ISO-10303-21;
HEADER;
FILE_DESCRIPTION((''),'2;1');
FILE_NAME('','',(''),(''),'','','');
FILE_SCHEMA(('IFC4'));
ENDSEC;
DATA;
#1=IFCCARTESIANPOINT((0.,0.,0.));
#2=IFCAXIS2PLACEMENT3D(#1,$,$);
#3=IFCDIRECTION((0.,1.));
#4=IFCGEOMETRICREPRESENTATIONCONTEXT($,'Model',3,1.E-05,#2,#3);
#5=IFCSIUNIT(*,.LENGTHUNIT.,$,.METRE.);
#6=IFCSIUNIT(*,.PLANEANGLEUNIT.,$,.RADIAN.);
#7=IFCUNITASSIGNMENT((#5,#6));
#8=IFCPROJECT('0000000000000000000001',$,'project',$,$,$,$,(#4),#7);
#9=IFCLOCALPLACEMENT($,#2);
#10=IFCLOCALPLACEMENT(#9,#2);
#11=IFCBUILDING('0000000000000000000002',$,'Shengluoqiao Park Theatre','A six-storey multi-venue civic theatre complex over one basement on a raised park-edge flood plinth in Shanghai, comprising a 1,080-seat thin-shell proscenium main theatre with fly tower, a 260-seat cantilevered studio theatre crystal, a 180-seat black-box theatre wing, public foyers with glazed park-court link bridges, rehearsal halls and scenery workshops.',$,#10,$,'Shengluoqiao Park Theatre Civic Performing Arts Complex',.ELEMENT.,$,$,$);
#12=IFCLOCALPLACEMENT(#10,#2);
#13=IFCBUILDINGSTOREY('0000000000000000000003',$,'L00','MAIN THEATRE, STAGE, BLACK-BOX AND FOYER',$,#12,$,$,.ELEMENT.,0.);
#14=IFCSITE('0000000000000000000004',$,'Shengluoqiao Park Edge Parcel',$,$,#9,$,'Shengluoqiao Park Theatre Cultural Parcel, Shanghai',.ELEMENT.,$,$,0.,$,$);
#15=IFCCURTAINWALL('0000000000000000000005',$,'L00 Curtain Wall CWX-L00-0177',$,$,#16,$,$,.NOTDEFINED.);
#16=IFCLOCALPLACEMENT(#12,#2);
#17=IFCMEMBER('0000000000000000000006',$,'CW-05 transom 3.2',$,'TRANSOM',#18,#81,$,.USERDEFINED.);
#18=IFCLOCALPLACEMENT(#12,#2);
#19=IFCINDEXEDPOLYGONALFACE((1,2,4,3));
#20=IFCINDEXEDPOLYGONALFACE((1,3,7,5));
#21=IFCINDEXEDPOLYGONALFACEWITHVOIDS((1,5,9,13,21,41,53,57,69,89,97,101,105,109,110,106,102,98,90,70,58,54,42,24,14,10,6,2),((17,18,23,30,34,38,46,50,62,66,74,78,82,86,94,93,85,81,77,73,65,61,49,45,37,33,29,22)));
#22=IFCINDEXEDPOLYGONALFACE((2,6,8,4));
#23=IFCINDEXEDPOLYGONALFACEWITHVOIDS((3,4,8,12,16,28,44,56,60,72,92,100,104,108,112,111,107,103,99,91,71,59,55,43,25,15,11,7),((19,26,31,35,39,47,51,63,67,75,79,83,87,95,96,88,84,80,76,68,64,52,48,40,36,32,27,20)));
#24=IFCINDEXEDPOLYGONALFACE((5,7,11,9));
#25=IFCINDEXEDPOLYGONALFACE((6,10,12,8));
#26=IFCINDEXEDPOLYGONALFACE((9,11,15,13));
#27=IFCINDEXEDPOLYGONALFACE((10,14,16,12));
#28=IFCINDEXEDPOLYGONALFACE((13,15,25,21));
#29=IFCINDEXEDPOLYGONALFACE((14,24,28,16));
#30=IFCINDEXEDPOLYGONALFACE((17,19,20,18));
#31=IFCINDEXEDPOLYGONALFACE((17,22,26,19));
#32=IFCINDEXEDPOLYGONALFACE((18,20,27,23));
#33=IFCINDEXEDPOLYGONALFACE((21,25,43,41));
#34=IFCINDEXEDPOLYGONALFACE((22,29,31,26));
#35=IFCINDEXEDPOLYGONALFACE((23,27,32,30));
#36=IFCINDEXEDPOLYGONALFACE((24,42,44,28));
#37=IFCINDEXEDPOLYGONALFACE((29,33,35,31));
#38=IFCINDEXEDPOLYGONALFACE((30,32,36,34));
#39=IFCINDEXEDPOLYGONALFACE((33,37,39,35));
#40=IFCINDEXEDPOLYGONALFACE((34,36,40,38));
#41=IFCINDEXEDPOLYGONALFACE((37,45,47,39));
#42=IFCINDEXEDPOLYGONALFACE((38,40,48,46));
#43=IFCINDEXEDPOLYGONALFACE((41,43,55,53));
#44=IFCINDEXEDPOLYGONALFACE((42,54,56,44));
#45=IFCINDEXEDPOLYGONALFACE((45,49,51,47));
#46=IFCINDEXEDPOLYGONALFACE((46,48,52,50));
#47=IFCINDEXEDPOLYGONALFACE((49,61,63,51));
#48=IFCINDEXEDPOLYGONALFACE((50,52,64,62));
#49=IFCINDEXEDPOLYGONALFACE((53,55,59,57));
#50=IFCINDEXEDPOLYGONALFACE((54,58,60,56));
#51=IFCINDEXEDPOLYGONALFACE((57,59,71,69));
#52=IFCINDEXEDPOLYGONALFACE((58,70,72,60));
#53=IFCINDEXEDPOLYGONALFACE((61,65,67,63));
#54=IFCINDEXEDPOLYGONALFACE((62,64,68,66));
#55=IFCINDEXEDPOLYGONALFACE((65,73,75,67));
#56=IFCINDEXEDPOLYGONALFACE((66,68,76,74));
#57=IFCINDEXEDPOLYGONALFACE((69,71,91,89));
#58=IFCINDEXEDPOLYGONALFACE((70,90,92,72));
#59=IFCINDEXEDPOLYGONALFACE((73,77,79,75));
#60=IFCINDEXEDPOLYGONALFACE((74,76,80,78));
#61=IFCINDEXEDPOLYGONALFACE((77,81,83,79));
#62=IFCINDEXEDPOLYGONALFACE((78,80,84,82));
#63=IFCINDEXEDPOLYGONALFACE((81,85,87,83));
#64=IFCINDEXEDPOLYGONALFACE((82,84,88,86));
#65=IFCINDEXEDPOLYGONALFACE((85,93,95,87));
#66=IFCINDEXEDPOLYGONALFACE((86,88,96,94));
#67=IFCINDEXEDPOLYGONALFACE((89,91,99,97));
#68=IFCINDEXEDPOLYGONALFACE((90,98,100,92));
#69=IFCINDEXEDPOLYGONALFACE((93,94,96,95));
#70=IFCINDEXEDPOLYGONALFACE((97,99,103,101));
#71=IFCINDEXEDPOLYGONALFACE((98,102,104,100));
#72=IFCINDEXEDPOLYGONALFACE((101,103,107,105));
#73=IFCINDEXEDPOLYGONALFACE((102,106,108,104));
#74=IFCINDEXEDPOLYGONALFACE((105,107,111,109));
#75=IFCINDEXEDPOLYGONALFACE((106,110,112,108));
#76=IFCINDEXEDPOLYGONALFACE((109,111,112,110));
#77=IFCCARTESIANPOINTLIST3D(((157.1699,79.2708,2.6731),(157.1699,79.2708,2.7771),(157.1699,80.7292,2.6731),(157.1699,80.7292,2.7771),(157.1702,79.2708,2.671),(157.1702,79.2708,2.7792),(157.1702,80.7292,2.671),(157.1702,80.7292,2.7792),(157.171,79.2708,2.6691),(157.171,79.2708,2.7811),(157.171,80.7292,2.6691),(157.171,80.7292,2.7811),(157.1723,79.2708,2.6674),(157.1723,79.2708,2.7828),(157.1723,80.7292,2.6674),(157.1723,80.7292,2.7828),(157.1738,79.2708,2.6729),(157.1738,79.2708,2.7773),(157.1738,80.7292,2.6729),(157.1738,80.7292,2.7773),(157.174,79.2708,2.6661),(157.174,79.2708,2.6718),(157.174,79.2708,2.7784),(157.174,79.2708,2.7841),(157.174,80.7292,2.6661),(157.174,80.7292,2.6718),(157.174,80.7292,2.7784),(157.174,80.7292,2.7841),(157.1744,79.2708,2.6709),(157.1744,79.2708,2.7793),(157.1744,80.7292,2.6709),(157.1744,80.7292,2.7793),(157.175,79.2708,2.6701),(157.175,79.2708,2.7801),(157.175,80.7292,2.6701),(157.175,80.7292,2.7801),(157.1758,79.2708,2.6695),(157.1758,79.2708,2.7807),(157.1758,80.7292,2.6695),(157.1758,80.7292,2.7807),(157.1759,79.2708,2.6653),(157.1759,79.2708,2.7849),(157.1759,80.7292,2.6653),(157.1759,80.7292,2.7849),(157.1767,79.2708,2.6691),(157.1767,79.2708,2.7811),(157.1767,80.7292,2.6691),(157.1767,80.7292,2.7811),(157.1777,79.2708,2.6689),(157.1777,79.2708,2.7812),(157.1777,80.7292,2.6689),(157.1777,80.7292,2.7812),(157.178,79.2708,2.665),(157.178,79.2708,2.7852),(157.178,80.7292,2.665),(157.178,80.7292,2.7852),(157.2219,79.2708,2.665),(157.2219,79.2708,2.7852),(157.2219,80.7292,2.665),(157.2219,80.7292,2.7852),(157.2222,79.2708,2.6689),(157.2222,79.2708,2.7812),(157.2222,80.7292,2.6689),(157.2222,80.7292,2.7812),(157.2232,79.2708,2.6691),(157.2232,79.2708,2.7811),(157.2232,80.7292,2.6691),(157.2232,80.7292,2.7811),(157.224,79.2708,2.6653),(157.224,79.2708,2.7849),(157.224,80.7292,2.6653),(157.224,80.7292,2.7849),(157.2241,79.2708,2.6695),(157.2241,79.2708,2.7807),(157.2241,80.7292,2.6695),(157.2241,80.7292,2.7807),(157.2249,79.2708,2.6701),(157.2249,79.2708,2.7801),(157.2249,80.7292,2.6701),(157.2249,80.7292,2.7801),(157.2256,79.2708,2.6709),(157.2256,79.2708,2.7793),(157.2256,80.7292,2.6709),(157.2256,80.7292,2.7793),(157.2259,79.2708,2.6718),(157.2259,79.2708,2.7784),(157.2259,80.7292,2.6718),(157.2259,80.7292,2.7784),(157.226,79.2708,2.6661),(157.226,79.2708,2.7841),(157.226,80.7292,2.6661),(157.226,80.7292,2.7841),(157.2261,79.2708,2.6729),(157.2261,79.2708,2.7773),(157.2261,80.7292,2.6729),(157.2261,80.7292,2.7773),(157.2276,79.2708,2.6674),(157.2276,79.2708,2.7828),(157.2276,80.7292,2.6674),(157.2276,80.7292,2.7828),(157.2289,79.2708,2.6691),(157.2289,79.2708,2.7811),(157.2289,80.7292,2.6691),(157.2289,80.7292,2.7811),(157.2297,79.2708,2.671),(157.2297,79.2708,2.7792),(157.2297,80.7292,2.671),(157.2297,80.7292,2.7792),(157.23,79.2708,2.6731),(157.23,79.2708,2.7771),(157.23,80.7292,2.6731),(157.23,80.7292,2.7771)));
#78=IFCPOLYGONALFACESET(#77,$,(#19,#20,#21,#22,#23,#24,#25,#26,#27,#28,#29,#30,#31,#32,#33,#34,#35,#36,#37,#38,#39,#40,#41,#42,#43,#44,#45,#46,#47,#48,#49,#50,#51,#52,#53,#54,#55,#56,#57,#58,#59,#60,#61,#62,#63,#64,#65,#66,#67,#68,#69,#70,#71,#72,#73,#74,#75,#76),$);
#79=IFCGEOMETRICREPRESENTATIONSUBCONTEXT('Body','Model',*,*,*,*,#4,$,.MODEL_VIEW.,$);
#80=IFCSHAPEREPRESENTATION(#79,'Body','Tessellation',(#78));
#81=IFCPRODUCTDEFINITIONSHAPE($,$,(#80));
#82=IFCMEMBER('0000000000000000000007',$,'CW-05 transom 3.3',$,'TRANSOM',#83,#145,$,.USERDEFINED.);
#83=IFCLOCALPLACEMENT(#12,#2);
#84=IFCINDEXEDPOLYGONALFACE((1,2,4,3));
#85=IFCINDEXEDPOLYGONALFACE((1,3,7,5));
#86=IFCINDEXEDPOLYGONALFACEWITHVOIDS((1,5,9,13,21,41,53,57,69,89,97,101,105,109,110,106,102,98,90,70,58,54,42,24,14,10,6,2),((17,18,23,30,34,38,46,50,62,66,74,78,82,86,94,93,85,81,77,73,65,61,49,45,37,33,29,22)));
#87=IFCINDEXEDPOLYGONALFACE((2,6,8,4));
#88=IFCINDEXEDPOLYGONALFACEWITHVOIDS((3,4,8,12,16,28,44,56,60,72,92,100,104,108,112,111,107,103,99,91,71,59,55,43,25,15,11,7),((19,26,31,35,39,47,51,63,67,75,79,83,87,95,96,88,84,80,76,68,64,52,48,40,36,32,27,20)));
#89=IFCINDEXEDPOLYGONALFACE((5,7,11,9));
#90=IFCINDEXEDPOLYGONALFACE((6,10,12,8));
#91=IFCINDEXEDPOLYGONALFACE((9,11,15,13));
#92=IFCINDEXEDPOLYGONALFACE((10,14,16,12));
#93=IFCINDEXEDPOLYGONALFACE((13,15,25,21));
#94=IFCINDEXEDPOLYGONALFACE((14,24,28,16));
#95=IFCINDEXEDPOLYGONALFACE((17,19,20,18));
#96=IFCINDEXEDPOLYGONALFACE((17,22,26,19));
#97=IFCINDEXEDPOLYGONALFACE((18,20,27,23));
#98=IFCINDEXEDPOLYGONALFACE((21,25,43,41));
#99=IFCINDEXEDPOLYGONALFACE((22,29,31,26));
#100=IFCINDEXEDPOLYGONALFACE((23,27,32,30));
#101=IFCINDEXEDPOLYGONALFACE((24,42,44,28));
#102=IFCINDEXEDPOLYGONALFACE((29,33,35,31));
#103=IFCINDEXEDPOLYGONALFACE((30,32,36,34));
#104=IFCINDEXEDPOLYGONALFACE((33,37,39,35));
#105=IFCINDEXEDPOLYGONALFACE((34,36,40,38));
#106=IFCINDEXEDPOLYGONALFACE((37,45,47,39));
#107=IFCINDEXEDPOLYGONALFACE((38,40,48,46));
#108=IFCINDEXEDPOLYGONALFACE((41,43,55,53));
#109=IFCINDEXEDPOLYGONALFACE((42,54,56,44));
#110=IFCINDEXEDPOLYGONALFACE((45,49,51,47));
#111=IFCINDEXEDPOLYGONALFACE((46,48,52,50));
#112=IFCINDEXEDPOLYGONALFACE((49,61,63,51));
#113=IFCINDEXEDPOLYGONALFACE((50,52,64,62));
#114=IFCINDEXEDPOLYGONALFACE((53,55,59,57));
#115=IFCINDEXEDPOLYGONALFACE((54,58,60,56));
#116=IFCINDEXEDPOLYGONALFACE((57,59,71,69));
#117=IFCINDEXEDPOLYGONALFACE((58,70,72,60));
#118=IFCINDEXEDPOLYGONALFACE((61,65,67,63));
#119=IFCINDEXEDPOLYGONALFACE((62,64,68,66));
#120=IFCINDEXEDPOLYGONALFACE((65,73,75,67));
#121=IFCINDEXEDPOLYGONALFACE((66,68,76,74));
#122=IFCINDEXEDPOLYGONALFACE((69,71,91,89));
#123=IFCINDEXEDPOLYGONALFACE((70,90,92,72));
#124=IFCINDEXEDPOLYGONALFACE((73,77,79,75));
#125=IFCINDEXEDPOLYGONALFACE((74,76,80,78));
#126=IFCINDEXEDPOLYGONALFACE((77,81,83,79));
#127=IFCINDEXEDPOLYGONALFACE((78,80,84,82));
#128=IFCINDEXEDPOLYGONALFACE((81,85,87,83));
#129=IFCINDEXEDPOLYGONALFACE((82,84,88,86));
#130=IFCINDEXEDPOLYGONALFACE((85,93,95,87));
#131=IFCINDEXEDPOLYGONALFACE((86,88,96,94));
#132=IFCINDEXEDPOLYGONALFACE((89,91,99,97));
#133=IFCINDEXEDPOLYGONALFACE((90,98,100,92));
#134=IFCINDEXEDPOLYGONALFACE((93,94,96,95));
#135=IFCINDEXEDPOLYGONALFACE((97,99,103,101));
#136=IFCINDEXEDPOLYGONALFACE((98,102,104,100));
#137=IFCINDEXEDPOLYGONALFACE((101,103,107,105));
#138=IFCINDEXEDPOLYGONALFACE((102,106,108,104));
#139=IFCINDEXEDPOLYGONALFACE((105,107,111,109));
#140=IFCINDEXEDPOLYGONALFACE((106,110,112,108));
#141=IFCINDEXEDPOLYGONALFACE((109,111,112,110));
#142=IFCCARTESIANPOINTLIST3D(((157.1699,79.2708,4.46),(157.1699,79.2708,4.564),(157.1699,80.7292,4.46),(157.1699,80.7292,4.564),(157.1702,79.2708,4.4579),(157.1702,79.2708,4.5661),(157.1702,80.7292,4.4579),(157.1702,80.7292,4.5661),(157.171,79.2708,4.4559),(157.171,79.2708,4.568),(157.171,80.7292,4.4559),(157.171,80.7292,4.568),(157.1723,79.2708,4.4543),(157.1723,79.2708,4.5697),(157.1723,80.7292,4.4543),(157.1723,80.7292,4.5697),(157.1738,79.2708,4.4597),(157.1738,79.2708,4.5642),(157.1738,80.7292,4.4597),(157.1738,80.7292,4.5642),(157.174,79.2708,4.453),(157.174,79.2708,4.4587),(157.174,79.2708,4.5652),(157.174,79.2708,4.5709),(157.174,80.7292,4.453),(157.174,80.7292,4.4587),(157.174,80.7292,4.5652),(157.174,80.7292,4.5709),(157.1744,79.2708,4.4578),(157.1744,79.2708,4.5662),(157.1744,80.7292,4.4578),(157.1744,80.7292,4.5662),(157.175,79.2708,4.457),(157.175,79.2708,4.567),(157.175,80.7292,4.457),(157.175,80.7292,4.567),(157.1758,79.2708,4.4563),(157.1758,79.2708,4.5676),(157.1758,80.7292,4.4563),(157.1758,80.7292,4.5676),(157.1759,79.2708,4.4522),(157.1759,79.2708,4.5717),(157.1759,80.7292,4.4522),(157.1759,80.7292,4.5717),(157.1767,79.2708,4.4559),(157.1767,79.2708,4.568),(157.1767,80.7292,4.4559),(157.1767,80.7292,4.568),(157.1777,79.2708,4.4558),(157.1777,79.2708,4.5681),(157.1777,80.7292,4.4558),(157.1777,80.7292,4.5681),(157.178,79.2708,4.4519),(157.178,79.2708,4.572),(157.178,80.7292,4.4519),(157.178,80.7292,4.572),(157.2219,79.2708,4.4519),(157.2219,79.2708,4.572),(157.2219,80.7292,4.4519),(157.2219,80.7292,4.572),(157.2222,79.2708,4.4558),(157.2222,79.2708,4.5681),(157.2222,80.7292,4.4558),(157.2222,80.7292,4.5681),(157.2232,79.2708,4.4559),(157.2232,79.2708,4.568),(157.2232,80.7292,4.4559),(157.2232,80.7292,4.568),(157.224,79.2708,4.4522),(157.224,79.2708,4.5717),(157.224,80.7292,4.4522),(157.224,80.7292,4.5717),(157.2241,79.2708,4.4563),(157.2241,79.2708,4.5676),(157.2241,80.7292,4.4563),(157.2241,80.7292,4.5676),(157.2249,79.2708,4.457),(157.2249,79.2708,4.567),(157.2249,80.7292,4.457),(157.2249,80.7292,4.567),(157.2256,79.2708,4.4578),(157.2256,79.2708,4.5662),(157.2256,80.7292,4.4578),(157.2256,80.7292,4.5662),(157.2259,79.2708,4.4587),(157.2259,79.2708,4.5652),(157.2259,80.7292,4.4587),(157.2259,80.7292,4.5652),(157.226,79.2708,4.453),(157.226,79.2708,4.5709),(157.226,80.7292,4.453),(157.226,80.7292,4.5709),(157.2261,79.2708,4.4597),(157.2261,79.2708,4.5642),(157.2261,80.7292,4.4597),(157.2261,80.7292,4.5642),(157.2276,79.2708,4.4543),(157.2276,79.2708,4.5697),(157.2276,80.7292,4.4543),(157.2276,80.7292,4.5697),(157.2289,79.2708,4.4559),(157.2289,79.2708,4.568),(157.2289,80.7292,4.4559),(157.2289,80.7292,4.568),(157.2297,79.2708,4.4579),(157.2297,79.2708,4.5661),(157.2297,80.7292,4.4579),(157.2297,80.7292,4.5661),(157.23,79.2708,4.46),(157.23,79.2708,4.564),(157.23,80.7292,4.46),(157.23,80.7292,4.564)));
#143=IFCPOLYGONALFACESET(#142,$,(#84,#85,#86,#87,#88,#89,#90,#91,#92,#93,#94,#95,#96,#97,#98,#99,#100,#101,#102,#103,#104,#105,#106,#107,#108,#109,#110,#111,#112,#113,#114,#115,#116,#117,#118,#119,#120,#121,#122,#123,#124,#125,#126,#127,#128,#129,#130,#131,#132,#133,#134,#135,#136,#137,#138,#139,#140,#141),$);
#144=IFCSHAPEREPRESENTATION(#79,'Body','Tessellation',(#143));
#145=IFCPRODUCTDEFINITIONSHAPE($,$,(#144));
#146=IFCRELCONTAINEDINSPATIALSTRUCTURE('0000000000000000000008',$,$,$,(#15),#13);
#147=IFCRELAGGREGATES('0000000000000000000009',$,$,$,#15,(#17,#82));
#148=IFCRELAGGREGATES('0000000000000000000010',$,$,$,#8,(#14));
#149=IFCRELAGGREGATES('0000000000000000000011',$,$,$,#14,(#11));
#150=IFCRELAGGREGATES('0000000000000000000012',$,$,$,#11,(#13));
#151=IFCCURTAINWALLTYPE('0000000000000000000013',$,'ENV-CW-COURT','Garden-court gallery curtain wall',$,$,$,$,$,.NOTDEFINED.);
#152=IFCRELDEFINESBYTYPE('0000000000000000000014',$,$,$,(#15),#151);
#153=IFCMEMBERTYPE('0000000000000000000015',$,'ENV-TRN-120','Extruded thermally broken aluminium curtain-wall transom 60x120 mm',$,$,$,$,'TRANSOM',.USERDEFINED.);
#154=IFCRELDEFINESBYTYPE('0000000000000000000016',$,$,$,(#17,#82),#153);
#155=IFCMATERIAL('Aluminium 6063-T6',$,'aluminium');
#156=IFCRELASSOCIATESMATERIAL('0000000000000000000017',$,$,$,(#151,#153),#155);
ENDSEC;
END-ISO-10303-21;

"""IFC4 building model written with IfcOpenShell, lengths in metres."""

from ifc_helpers import new_model, si_unit, direction, frame, origin, origin_2d, place, context, subcontext, project, spatial, hollow_rectangle, extrude, material, material_profile, profile_set, type_object, element, aggregate, save


model = new_model("IFC4")

# Units and contexts
model_context = context("Model", 3, precision=1e-05, world=origin(), true_north=direction((0.0, 1.0)))
body_context = subcontext(model_context, "Body", "Model", "MODEL_VIEW")
ifc_project = project(units=[si_unit("LENGTHUNIT", "METRE"), si_unit("PLANEANGLEUNIT", "RADIAN")], contexts=[model_context])

# Site, building, storey
site_placement = place(None, origin())
site = spatial("IfcSite", under=ifc_project, at=site_placement, Name="Shengluoqiao Park Edge Parcel", LongName="Shengluoqiao Park Theatre Cultural Parcel, Shanghai", CompositionType="ELEMENT", RefElevation=0.0)
building_placement = place(site_placement, origin())
building = spatial("IfcBuilding", under=site, at=building_placement, Name="Shengluoqiao Park Theatre", Description="A six-storey multi-venue civic theatre complex over one basement on a raised park-edge flood plinth in Shanghai, comprising a 1,080-seat thin-shell proscenium main theatre with fly tower, a 260-seat cantilevered studio theatre crystal, a 180-seat black-box theatre wing, public foyers with glazed park-court link bridges, rehearsal halls and scenery workshops.", LongName="Shengluoqiao Park Theatre Civic Performing Arts Complex", CompositionType="ELEMENT")
storey_placement = place(building_placement, origin())
storey = spatial("IfcBuildingStorey", under=building, at=storey_placement, Name="L00", Description="MAIN THEATRE, STAGE, BLACK-BOX AND FOYER", CompositionType="ELEMENT", Elevation=0.0)

# Curtain wall, members
ifc_material_1 = material(Name="Aluminium 6063-T6", Category="aluminium")
curtain_wall_type = type_object("IfcCurtainWallType", Name="ENV-CW-COURT", Description="Garden-court gallery curtain wall", PredefinedType="NOTDEFINED", material=ifc_material_1)
curtain_wall_placement = place(storey_placement, origin())
curtain_wall = element("IfcCurtainWall", 1, at=curtain_wall_placement, inside=storey, type_object=curtain_wall_type, Name="L00 Curtain Wall CWX-L00-0177", PredefinedType="NOTDEFINED")
ifc_material_profile_1 = material_profile(ifc_material_1, hollow_rectangle(XDim=0.0601, YDim=0.1201, WallThickness=0.0039, InnerFilletRadius=0.0039, OuterFilletRadius=0.0081, at=origin_2d()), Name="ALU TRANSOM 120x60x4")
ifc_profile_set_1 = profile_set([ifc_material_profile_1], Name="Aluminium 6063-T6")
member_type_1 = type_object("IfcMemberType", Name="ENV-TRN-120", Description="Extruded thermally broken aluminium curtain-wall transom 60x120 mm", ElementType="TRANSOM", PredefinedType="USERDEFINED", material=ifc_profile_set_1)
member_1_placement = place(storey_placement, frame((157.2, 79.2708, 2.7251), z_axis=(0.0, 1.0, 0.0), x_axis=(-1.0, 0.0, 0.0)))
member_1 = element("IfcMember", 2, at=member_1_placement, type_object=member_type_1, Name="CW-05 transom 3.2", ObjectType="TRANSOM", PredefinedType="USERDEFINED", context=body_context, shape_type="SweptSolid", body=[
    extrude(hollow_rectangle(XDim=0.0601, YDim=0.1201, WallThickness=0.0039, InnerFilletRadius=0.0039, OuterFilletRadius=0.0081, at=origin_2d()), origin(), (0.0, 0.0, 1.0), 1.4585),
])
member_2_placement = place(storey_placement, frame((157.2, 79.2708, 4.512), z_axis=(0.0, 1.0, 0.0), x_axis=(-1.0, 0.0, 0.0)))
member_2 = element("IfcMember", 3, at=member_2_placement, type_object=member_type_1, Name="CW-05 transom 3.3", ObjectType="TRANSOM", PredefinedType="USERDEFINED", context=body_context, shape_type="SweptSolid", body=[
    extrude(hollow_rectangle(XDim=0.0601, YDim=0.1201, WallThickness=0.0039, InnerFilletRadius=0.0039, OuterFilletRadius=0.0081, at=origin_2d()), origin(), (0.0, 0.0, 1.0), 1.4585),
])
aggregate(curtain_wall, [member_1, member_2])

save(model, "model.ifc")
